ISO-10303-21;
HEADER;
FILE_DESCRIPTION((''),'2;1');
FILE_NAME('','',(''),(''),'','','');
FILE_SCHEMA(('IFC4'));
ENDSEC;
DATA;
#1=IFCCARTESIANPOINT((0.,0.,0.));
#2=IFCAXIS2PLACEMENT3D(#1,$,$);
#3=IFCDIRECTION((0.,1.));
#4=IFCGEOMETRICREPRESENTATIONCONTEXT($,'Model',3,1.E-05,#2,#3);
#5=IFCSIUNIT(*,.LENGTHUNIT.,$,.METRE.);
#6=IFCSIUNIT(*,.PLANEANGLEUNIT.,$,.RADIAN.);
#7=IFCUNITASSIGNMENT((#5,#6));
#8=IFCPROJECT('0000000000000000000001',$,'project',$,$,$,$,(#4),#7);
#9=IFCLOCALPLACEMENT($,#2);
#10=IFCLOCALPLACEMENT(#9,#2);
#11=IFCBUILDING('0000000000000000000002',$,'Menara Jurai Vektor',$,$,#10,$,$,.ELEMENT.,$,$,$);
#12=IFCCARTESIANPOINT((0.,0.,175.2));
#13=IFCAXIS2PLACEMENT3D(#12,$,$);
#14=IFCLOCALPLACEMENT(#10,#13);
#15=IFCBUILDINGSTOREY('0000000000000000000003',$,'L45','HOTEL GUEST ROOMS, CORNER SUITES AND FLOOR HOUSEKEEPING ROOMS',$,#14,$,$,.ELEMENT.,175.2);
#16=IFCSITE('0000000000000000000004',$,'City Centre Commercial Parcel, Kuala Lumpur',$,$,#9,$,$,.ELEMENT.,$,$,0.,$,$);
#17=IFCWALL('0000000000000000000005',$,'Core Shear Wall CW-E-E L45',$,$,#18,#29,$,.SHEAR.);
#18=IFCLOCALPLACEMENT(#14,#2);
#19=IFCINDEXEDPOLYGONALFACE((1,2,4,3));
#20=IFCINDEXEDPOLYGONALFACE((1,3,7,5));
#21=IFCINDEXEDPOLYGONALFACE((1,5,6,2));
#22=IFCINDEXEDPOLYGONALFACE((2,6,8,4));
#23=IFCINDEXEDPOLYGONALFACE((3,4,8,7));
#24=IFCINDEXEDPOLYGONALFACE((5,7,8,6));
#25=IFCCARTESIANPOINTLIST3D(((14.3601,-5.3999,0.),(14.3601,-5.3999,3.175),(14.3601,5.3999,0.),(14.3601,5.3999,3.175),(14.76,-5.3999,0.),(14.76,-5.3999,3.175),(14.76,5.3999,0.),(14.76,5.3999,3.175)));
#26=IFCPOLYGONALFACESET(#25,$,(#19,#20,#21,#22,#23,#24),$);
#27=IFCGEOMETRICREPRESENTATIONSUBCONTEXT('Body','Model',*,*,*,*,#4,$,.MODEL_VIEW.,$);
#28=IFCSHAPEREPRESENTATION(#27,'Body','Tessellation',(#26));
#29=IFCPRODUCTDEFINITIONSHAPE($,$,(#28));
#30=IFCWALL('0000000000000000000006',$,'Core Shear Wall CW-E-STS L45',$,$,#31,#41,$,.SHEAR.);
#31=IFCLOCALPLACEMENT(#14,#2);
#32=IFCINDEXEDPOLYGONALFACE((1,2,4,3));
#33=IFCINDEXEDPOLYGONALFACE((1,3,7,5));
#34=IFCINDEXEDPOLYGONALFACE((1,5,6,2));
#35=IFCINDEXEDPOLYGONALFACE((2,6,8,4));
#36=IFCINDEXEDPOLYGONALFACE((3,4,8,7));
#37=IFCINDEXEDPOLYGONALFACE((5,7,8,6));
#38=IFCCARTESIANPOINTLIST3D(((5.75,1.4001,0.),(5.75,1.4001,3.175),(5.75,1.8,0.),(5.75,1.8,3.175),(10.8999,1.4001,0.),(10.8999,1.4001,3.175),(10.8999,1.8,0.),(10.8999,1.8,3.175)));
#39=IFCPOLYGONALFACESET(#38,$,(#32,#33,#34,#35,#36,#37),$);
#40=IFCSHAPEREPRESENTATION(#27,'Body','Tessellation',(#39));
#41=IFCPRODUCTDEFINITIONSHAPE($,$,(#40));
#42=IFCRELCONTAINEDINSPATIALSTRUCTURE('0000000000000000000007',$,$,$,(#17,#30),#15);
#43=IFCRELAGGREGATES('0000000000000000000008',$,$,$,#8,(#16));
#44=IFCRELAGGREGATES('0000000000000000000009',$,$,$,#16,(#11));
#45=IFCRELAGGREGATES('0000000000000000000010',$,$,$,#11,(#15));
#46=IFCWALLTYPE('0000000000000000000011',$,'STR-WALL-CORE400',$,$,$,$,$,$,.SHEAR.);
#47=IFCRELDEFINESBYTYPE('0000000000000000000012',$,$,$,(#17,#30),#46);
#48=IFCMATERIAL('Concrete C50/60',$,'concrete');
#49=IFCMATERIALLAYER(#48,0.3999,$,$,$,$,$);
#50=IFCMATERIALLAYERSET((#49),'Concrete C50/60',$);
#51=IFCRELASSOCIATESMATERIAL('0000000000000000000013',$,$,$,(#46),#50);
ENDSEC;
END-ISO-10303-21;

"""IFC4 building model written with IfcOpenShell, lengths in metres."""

from ifc_helpers import new_model, si_unit, direction, frame, frame_2d, origin, place, context, subcontext, project, spatial, rectangle, extrude, material, layer, layer_set, type_object, element, save


model = new_model("IFC4")

# Units and contexts
model_context = context("Model", 3, precision=1e-05, world=origin(), true_north=direction((0.0, 1.0)))
body_context = subcontext(model_context, "Body", "Model", "MODEL_VIEW")
ifc_project = project(units=[si_unit("LENGTHUNIT", "METRE"), si_unit("PLANEANGLEUNIT", "RADIAN")], contexts=[model_context])

# Site, building, storey
site_placement = place(None, origin())
site = spatial("IfcSite", under=ifc_project, at=site_placement, Name="City Centre Commercial Parcel, Kuala Lumpur", CompositionType="ELEMENT", RefElevation=0.0)
building_placement = place(site_placement, origin())
building = spatial("IfcBuilding", under=site, at=building_placement, Name="Menara Jurai Vektor", CompositionType="ELEMENT")
storey_placement = place(building_placement, frame((0.0, 0.0, 175.2)))
storey = spatial("IfcBuildingStorey", under=building, at=storey_placement, Name="L45", Description="HOTEL GUEST ROOMS, CORNER SUITES AND FLOOR HOUSEKEEPING ROOMS", CompositionType="ELEMENT", Elevation=175.2)

# Shared definitions
ifc_material_1 = material(Name="Concrete C50/60", Category="concrete")

# Walls
ifc_layer_1 = layer(ifc_material_1, 0.3999)
ifc_layer_set_1 = layer_set([ifc_layer_1], Name="Concrete C50/60")
wall_type_1 = type_object("IfcWallType", Name="STR-WALL-CORE400", PredefinedType="SHEAR", material=ifc_layer_set_1)
wall_1_placement = place(storey_placement, frame((14.5601, -5.3999, 0.0), z_axis=(0.0, 0.0, 1.0), x_axis=(0.0, 1.0, 0.0)))
element("IfcWall", 1, at=wall_1_placement, inside=storey, type_object=wall_type_1, Name="Core Shear Wall CW-E-E L45", PredefinedType="SHEAR", context=body_context, shape_type="SweptSolid", body=[
    extrude(rectangle(XDim=10.7998, YDim=0.3999, at=frame_2d((5.3999, 0.0))), origin(), (0.0, 0.0, 1.0), 3.175),
])
wall_2_placement = place(storey_placement, frame((5.75, 1.6001, 0.0), z_axis=(0.0, 0.0, 1.0), x_axis=(1.0, 0.0, 0.0)))
element("IfcWall", 2, at=wall_2_placement, inside=storey, type_object=wall_type_1, Name="Core Shear Wall CW-E-STS L45", PredefinedType="SHEAR", context=body_context, shape_type="SweptSolid", body=[
    extrude(rectangle(XDim=5.1499, YDim=0.3999, at=frame_2d((2.575, 0.0))), origin(), (0.0, 0.0, 1.0), 3.175),
])

save(model, "model.ifc")
